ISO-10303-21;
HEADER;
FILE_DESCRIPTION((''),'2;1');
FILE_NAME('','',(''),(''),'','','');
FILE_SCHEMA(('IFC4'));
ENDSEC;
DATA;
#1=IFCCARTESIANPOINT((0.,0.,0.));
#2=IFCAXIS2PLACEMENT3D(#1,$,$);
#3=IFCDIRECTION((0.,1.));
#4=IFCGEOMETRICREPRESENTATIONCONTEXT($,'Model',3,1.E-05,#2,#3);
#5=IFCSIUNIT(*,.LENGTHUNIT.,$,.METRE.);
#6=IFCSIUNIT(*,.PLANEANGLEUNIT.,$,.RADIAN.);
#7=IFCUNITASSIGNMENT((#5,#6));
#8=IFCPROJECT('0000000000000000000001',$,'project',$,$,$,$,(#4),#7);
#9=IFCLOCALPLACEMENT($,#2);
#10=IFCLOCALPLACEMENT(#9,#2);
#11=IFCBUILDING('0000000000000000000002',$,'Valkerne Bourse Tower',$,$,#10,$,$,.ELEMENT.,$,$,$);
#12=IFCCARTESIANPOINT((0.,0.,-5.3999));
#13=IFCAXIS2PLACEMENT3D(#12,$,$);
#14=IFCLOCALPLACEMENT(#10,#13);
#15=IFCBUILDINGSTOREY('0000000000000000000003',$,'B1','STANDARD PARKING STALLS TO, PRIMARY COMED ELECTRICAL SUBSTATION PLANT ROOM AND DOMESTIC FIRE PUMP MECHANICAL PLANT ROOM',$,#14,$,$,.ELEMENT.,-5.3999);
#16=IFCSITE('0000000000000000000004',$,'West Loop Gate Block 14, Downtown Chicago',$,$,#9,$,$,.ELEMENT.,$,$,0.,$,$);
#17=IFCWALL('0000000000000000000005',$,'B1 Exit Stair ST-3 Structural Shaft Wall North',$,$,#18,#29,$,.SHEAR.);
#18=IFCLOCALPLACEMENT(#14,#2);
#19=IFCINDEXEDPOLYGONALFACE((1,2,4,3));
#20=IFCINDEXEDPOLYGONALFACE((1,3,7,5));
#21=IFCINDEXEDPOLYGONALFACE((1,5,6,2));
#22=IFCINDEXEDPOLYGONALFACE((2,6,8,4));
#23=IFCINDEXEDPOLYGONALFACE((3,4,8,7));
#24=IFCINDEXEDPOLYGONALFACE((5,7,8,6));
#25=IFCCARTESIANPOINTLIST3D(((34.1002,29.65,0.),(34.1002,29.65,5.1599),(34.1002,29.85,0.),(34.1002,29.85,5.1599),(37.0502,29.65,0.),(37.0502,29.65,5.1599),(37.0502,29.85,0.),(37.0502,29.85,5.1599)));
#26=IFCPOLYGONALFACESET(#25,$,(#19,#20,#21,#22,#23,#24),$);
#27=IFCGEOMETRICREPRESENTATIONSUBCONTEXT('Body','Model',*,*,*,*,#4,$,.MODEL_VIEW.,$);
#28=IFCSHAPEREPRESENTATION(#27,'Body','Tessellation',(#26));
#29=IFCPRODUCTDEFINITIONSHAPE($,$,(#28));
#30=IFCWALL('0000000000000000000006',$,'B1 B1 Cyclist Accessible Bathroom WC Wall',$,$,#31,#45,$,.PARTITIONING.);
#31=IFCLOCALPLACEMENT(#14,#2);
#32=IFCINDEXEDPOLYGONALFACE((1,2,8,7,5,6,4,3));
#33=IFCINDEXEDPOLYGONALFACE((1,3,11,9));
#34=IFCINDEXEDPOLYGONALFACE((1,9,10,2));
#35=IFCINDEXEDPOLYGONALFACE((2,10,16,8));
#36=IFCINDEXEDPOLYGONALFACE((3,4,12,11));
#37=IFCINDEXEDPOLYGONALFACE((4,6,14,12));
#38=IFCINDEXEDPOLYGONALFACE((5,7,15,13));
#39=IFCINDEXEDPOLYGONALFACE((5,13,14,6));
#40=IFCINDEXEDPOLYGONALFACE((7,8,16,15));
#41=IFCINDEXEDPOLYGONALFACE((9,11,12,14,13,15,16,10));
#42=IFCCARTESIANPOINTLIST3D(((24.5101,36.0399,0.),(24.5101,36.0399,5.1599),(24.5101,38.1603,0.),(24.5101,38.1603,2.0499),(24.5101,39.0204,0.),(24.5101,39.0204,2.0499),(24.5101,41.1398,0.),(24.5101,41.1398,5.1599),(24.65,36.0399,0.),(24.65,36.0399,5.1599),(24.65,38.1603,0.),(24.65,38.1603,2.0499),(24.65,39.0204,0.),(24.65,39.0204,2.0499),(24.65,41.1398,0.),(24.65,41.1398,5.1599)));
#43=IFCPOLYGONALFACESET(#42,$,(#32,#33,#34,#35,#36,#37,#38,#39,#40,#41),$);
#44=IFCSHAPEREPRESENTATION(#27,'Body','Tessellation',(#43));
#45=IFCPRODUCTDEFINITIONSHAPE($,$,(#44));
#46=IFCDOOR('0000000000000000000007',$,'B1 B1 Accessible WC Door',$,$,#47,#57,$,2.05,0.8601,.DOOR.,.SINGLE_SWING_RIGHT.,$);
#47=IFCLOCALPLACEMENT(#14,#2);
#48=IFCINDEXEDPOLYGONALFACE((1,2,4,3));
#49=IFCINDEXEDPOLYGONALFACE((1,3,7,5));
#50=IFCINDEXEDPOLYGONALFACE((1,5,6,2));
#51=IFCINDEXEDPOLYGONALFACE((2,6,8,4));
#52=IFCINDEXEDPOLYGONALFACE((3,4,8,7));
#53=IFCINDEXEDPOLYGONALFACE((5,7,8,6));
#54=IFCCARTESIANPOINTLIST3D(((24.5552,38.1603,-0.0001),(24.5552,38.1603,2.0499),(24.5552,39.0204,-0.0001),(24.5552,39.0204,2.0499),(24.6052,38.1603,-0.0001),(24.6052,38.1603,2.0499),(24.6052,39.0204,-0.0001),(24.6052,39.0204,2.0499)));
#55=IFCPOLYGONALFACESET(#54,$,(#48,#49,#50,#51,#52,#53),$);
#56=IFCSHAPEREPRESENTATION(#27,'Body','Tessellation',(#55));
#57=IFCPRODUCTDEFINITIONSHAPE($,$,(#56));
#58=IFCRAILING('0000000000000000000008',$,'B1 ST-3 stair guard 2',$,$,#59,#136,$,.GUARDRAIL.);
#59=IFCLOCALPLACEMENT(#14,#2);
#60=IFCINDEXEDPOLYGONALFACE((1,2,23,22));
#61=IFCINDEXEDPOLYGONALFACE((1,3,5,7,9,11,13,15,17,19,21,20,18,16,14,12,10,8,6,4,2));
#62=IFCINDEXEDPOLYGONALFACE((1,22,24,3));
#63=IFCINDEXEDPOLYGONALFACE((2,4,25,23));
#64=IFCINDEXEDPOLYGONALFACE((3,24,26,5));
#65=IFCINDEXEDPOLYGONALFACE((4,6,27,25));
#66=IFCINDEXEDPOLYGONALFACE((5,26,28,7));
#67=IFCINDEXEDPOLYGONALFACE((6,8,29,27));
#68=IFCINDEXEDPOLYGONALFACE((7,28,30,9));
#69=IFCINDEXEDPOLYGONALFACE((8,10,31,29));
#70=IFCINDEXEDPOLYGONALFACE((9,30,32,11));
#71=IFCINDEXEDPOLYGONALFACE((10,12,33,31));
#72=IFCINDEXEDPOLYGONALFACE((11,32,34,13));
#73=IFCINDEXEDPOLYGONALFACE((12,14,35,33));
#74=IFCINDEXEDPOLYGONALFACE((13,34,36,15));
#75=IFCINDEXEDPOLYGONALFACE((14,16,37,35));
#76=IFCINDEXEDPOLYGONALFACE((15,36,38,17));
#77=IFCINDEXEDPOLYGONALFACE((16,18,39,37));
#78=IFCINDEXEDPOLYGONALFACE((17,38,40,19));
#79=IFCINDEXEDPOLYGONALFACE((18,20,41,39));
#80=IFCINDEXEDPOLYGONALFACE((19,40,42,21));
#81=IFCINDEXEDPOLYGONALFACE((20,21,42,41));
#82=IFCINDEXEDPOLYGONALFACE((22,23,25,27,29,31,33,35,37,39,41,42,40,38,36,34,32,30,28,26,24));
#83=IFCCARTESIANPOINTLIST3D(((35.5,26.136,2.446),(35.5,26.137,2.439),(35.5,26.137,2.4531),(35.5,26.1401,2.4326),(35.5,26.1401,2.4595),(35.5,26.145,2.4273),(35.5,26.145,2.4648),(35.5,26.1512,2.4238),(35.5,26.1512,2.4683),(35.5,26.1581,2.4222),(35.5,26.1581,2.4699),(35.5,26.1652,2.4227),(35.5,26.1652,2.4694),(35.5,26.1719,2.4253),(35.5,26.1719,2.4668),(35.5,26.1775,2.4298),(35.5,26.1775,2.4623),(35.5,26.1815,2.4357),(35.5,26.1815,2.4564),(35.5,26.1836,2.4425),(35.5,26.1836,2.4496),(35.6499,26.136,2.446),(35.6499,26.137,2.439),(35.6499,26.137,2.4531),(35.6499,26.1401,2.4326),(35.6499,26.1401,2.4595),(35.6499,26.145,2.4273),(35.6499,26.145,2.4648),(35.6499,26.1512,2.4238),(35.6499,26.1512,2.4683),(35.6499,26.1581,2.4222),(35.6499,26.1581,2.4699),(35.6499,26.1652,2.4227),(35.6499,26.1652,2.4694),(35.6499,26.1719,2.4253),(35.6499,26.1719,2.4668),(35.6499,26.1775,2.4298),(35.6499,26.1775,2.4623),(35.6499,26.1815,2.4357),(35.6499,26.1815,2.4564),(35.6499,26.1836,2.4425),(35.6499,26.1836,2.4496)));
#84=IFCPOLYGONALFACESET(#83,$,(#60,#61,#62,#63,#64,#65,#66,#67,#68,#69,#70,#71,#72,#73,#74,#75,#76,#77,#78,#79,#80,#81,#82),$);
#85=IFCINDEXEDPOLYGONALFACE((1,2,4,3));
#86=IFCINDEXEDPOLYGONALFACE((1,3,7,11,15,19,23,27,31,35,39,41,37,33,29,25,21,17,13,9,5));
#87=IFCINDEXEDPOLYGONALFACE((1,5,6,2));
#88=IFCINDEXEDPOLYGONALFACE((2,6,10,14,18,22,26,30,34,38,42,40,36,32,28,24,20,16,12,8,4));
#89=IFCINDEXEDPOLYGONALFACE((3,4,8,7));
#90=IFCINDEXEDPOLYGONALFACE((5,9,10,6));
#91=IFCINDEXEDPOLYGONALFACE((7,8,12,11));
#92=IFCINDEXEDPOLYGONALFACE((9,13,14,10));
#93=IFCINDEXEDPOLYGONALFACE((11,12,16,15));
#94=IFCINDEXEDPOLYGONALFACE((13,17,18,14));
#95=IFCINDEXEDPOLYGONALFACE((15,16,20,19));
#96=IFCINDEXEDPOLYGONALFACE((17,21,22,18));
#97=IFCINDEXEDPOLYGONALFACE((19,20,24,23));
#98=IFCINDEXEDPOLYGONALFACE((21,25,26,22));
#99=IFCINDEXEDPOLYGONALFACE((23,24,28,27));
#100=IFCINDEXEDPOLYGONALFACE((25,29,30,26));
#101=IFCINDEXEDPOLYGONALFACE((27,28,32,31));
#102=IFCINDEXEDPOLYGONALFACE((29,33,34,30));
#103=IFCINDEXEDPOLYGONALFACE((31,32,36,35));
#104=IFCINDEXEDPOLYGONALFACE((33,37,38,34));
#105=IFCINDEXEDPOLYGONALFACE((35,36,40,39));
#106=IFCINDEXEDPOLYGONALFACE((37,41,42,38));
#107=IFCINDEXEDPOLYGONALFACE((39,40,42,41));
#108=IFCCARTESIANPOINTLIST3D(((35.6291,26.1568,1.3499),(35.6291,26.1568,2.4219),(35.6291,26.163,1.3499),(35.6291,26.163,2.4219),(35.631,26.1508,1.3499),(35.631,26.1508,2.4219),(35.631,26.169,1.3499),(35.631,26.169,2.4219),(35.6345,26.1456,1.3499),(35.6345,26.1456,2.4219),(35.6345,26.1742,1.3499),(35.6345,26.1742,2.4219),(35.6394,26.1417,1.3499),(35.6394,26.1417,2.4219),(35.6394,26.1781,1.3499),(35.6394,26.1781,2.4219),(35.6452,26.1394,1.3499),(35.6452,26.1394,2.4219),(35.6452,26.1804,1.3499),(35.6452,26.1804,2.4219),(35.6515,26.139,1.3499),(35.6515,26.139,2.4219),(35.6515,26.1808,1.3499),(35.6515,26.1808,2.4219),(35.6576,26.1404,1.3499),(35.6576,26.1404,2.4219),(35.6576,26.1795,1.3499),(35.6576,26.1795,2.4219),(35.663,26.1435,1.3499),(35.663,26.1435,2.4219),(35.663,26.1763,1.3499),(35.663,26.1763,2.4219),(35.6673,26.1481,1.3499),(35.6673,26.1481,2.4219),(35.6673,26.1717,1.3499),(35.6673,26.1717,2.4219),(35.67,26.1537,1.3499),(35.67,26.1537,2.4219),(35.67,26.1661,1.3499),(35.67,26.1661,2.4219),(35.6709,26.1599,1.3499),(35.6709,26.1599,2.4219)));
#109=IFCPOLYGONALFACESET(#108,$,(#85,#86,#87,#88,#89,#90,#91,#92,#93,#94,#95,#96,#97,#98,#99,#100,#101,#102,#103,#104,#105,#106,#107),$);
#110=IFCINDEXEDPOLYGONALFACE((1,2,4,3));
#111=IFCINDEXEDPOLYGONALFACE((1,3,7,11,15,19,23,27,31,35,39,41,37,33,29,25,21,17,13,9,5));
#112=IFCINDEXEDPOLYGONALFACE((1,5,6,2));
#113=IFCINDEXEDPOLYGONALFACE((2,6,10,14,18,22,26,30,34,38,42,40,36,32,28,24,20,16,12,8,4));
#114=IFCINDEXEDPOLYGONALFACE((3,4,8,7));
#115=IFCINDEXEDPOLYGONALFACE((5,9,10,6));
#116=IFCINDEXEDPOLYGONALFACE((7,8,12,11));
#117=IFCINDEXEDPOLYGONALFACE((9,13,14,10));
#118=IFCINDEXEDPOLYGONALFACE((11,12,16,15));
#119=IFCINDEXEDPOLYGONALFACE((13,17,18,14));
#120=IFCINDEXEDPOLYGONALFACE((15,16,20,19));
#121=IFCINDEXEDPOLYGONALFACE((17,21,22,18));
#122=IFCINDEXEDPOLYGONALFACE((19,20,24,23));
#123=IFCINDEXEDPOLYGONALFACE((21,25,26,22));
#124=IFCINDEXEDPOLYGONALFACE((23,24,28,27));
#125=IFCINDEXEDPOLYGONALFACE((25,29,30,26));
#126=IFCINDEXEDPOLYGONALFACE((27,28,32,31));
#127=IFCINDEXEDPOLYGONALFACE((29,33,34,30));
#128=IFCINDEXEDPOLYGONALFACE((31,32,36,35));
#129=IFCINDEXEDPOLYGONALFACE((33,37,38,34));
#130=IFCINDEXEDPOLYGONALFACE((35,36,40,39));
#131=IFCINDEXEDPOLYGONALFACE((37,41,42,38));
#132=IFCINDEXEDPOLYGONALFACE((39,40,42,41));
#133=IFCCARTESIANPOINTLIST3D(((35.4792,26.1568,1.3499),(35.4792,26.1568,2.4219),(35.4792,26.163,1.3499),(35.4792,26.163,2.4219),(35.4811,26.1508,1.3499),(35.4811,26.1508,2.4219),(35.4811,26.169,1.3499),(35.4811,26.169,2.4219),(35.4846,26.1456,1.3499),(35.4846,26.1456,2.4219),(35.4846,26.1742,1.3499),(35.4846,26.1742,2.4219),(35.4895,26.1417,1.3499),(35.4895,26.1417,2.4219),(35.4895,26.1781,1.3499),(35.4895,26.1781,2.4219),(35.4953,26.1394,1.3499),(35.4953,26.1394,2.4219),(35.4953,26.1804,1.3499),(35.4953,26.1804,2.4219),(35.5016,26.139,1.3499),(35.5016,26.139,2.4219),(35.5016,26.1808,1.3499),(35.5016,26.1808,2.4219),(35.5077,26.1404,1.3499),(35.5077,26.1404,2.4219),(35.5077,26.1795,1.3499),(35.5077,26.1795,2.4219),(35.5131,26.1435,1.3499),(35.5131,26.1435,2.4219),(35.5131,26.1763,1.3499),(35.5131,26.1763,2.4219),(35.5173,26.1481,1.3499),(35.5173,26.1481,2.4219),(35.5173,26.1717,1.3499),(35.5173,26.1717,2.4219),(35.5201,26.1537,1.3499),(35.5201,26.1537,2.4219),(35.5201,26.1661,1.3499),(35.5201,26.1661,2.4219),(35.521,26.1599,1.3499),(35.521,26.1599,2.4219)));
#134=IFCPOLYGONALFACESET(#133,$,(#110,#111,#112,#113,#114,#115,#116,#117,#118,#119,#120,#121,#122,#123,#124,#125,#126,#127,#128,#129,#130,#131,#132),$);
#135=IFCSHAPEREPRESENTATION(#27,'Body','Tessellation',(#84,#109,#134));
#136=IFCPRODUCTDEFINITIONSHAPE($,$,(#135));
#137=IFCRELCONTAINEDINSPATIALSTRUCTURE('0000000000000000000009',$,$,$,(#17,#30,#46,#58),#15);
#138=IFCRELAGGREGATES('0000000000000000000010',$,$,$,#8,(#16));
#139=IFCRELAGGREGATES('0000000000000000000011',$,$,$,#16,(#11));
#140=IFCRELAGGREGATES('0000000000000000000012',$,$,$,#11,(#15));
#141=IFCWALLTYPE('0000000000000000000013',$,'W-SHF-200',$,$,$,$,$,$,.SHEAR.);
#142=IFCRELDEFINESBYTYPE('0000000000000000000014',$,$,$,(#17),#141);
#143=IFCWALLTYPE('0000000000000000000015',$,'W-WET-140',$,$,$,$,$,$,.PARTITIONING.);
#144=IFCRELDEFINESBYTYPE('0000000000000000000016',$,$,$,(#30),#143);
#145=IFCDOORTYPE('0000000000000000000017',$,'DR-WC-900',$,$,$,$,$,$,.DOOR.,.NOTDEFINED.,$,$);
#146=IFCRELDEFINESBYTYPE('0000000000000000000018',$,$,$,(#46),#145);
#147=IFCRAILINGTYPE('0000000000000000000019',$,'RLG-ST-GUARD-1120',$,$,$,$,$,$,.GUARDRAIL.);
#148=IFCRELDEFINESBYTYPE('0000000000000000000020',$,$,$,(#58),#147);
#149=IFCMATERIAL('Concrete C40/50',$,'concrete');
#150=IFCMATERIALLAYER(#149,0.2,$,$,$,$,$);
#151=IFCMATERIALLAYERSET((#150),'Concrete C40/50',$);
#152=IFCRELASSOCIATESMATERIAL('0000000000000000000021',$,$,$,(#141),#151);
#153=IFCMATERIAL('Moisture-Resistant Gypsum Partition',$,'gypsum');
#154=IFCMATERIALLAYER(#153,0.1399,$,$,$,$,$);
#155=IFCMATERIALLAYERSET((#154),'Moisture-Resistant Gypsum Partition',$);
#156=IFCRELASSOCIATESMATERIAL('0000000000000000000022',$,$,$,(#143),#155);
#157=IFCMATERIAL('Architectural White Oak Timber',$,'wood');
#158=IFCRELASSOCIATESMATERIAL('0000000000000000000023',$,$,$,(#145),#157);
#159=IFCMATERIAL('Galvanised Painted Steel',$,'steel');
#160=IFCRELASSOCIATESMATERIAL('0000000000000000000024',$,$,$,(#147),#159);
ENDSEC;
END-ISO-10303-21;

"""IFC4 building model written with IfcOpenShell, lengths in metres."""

from ifc_helpers import new_model, si_unit, direction, frame, frame_2d, origin, origin_2d, place, context, subcontext, project, spatial, rectangle, circle, extrude, material, layer, layer_set, type_object, element, fill, save


model = new_model("IFC4")

# Units and contexts
model_context = context("Model", 3, precision=1e-05, world=origin(), true_north=direction((0.0, 1.0)))
body_context = subcontext(model_context, "Body", "Model", "MODEL_VIEW")
ifc_project = project(units=[si_unit("LENGTHUNIT", "METRE"), si_unit("PLANEANGLEUNIT", "RADIAN")], contexts=[model_context])

# Site, building, storey
site_placement = place(None, origin())
site = spatial("IfcSite", under=ifc_project, at=site_placement, Name="West Loop Gate Block 14, Downtown Chicago", CompositionType="ELEMENT", RefElevation=0.0)
building_placement = place(site_placement, origin())
building = spatial("IfcBuilding", under=site, at=building_placement, Name="Valkerne Bourse Tower", CompositionType="ELEMENT")
storey_placement = place(building_placement, frame((0.0, 0.0, -5.3999)))
storey = spatial("IfcBuildingStorey", under=building, at=storey_placement, Name="B1", Description="STANDARD PARKING STALLS TO, PRIMARY COMED ELECTRICAL SUBSTATION PLANT ROOM AND DOMESTIC FIRE PUMP MECHANICAL PLANT ROOM", CompositionType="ELEMENT", Elevation=-5.3999)

# Shared definitions
ifc_material_1 = material(Name="Galvanised Painted Steel", Category="steel")

# Wall
ifc_material_2 = material(Name="Concrete C40/50", Category="concrete")
ifc_layer_1 = layer(ifc_material_2, 0.2)
ifc_layer_set_1 = layer_set([ifc_layer_1], Name="Concrete C40/50")
wall_type_1 = type_object("IfcWallType", Name="W-SHF-200", PredefinedType="SHEAR", material=ifc_layer_set_1)
wall_1_placement = place(storey_placement, frame((34.1001, 29.75, 0.0), z_axis=(0.0, 0.0, 1.0), x_axis=(1.0, 0.0, 0.0)))
element("IfcWall", 1, at=wall_1_placement, inside=storey, type_object=wall_type_1, Name="B1 Exit Stair ST-3 Structural Shaft Wall North", PredefinedType="SHEAR", context=body_context, shape_type="SweptSolid", body=[
    extrude(rectangle(XDim=2.95, YDim=0.2, at=frame_2d((1.4751, 0.0))), origin(), (0.0, 0.0, 1.0), 5.1599),
])

# Wall, opening, door
ifc_material_3 = material(Name="Moisture-Resistant Gypsum Partition", Category="gypsum")
ifc_layer_2 = layer(ifc_material_3, 0.1399)
ifc_layer_set_2 = layer_set([ifc_layer_2], Name="Moisture-Resistant Gypsum Partition")
wall_type_2 = type_object("IfcWallType", Name="W-WET-140", PredefinedType="PARTITIONING", material=ifc_layer_set_2)
wall_2_placement = place(storey_placement, frame((24.5801, 36.04, 0.0), z_axis=(0.0, 0.0, 1.0), x_axis=(0.0, 1.0, 0.0)))
wall_2 = element("IfcWall", 2, at=wall_2_placement, inside=storey, type_object=wall_type_2, Name="B1 B1 Cyclist Accessible Bathroom WC Wall", PredefinedType="PARTITIONING", context=body_context, shape_type="SweptSolid", body=[
    extrude(rectangle(XDim=5.0999, YDim=0.1399, at=frame_2d((2.5498, 0.0))), origin(), (0.0, 0.0, 1.0), 5.1599),
])
opening_1_placement = place(wall_2_placement, frame((2.1201, 0.0, 0.0)))
opening_1 = element("IfcOpeningElement", 3, at=opening_1_placement, cuts=wall_2, PredefinedType="OPENING", context=body_context, shape_type="SweptSolid", body=[
    extrude(rectangle(XDim=0.8601, YDim=2.05, at=frame_2d((0.4302, 1.0249))), frame((0.0, 0.0798, 0.0), z_axis=(0.0, -1.0, 0.0), x_axis=(1.0, 0.0, 0.0)), (0.0, 0.0, 1.0), 0.1599),
])
ifc_material_4 = material(Name="Architectural White Oak Timber", Category="wood")
door_type_1 = type_object("IfcDoorType", Name="DR-WC-900", OperationType="NOTDEFINED", PredefinedType="DOOR", material=ifc_material_4)
door_1_placement = place(opening_1_placement, origin())
door_1 = element("IfcDoor", 4, at=door_1_placement, inside=storey, type_object=door_type_1, Name="B1 B1 Accessible WC Door", OperationType="SINGLE_SWING_RIGHT", OverallHeight=2.05, OverallWidth=0.8601, PredefinedType="DOOR", context=body_context, shape_type="SweptSolid", body=[
    extrude(rectangle(XDim=0.8601, YDim=2.05, at=frame_2d((0.4302, 1.0249))), frame((0.0, 0.0249, 0.0), z_axis=(0.0, -1.0, 0.0), x_axis=(1.0, 0.0, 0.0)), (0.0, 0.0, 1.0), 0.05),
])
fill(opening_1, door_1)

# Railing
railing_type = type_object("IfcRailingType", Name="RLG-ST-GUARD-1120", PredefinedType="GUARDRAIL", material=ifc_material_1)
railing_1_placement = place(storey_placement, frame((35.6499, 26.1599, 1.3499)))
element("IfcRailing", 5, at=railing_1_placement, inside=storey, type_object=railing_type, Name="B1 ST-3 stair guard 2", PredefinedType="GUARDRAIL", context=body_context, shape_type="SweptSolid", body=[
    extrude(circle(Radius=0.0239, at=origin_2d()), frame((0.0, 0.0, 1.0962), z_axis=(-1.0, 0.0, 0.0), x_axis=(0.0, -1.0, 0.0)), (0.0, 0.0, 1.0), 0.1499),
    extrude(circle(Radius=0.021, at=origin_2d()), origin(), (0.0, 0.0, 1.0), 1.072),
    extrude(circle(Radius=0.021, at=origin_2d()), frame((-0.1499, 0.0, 0.0)), (0.0, 0.0, 1.0), 1.072),
])

save(model, "model.ifc")
